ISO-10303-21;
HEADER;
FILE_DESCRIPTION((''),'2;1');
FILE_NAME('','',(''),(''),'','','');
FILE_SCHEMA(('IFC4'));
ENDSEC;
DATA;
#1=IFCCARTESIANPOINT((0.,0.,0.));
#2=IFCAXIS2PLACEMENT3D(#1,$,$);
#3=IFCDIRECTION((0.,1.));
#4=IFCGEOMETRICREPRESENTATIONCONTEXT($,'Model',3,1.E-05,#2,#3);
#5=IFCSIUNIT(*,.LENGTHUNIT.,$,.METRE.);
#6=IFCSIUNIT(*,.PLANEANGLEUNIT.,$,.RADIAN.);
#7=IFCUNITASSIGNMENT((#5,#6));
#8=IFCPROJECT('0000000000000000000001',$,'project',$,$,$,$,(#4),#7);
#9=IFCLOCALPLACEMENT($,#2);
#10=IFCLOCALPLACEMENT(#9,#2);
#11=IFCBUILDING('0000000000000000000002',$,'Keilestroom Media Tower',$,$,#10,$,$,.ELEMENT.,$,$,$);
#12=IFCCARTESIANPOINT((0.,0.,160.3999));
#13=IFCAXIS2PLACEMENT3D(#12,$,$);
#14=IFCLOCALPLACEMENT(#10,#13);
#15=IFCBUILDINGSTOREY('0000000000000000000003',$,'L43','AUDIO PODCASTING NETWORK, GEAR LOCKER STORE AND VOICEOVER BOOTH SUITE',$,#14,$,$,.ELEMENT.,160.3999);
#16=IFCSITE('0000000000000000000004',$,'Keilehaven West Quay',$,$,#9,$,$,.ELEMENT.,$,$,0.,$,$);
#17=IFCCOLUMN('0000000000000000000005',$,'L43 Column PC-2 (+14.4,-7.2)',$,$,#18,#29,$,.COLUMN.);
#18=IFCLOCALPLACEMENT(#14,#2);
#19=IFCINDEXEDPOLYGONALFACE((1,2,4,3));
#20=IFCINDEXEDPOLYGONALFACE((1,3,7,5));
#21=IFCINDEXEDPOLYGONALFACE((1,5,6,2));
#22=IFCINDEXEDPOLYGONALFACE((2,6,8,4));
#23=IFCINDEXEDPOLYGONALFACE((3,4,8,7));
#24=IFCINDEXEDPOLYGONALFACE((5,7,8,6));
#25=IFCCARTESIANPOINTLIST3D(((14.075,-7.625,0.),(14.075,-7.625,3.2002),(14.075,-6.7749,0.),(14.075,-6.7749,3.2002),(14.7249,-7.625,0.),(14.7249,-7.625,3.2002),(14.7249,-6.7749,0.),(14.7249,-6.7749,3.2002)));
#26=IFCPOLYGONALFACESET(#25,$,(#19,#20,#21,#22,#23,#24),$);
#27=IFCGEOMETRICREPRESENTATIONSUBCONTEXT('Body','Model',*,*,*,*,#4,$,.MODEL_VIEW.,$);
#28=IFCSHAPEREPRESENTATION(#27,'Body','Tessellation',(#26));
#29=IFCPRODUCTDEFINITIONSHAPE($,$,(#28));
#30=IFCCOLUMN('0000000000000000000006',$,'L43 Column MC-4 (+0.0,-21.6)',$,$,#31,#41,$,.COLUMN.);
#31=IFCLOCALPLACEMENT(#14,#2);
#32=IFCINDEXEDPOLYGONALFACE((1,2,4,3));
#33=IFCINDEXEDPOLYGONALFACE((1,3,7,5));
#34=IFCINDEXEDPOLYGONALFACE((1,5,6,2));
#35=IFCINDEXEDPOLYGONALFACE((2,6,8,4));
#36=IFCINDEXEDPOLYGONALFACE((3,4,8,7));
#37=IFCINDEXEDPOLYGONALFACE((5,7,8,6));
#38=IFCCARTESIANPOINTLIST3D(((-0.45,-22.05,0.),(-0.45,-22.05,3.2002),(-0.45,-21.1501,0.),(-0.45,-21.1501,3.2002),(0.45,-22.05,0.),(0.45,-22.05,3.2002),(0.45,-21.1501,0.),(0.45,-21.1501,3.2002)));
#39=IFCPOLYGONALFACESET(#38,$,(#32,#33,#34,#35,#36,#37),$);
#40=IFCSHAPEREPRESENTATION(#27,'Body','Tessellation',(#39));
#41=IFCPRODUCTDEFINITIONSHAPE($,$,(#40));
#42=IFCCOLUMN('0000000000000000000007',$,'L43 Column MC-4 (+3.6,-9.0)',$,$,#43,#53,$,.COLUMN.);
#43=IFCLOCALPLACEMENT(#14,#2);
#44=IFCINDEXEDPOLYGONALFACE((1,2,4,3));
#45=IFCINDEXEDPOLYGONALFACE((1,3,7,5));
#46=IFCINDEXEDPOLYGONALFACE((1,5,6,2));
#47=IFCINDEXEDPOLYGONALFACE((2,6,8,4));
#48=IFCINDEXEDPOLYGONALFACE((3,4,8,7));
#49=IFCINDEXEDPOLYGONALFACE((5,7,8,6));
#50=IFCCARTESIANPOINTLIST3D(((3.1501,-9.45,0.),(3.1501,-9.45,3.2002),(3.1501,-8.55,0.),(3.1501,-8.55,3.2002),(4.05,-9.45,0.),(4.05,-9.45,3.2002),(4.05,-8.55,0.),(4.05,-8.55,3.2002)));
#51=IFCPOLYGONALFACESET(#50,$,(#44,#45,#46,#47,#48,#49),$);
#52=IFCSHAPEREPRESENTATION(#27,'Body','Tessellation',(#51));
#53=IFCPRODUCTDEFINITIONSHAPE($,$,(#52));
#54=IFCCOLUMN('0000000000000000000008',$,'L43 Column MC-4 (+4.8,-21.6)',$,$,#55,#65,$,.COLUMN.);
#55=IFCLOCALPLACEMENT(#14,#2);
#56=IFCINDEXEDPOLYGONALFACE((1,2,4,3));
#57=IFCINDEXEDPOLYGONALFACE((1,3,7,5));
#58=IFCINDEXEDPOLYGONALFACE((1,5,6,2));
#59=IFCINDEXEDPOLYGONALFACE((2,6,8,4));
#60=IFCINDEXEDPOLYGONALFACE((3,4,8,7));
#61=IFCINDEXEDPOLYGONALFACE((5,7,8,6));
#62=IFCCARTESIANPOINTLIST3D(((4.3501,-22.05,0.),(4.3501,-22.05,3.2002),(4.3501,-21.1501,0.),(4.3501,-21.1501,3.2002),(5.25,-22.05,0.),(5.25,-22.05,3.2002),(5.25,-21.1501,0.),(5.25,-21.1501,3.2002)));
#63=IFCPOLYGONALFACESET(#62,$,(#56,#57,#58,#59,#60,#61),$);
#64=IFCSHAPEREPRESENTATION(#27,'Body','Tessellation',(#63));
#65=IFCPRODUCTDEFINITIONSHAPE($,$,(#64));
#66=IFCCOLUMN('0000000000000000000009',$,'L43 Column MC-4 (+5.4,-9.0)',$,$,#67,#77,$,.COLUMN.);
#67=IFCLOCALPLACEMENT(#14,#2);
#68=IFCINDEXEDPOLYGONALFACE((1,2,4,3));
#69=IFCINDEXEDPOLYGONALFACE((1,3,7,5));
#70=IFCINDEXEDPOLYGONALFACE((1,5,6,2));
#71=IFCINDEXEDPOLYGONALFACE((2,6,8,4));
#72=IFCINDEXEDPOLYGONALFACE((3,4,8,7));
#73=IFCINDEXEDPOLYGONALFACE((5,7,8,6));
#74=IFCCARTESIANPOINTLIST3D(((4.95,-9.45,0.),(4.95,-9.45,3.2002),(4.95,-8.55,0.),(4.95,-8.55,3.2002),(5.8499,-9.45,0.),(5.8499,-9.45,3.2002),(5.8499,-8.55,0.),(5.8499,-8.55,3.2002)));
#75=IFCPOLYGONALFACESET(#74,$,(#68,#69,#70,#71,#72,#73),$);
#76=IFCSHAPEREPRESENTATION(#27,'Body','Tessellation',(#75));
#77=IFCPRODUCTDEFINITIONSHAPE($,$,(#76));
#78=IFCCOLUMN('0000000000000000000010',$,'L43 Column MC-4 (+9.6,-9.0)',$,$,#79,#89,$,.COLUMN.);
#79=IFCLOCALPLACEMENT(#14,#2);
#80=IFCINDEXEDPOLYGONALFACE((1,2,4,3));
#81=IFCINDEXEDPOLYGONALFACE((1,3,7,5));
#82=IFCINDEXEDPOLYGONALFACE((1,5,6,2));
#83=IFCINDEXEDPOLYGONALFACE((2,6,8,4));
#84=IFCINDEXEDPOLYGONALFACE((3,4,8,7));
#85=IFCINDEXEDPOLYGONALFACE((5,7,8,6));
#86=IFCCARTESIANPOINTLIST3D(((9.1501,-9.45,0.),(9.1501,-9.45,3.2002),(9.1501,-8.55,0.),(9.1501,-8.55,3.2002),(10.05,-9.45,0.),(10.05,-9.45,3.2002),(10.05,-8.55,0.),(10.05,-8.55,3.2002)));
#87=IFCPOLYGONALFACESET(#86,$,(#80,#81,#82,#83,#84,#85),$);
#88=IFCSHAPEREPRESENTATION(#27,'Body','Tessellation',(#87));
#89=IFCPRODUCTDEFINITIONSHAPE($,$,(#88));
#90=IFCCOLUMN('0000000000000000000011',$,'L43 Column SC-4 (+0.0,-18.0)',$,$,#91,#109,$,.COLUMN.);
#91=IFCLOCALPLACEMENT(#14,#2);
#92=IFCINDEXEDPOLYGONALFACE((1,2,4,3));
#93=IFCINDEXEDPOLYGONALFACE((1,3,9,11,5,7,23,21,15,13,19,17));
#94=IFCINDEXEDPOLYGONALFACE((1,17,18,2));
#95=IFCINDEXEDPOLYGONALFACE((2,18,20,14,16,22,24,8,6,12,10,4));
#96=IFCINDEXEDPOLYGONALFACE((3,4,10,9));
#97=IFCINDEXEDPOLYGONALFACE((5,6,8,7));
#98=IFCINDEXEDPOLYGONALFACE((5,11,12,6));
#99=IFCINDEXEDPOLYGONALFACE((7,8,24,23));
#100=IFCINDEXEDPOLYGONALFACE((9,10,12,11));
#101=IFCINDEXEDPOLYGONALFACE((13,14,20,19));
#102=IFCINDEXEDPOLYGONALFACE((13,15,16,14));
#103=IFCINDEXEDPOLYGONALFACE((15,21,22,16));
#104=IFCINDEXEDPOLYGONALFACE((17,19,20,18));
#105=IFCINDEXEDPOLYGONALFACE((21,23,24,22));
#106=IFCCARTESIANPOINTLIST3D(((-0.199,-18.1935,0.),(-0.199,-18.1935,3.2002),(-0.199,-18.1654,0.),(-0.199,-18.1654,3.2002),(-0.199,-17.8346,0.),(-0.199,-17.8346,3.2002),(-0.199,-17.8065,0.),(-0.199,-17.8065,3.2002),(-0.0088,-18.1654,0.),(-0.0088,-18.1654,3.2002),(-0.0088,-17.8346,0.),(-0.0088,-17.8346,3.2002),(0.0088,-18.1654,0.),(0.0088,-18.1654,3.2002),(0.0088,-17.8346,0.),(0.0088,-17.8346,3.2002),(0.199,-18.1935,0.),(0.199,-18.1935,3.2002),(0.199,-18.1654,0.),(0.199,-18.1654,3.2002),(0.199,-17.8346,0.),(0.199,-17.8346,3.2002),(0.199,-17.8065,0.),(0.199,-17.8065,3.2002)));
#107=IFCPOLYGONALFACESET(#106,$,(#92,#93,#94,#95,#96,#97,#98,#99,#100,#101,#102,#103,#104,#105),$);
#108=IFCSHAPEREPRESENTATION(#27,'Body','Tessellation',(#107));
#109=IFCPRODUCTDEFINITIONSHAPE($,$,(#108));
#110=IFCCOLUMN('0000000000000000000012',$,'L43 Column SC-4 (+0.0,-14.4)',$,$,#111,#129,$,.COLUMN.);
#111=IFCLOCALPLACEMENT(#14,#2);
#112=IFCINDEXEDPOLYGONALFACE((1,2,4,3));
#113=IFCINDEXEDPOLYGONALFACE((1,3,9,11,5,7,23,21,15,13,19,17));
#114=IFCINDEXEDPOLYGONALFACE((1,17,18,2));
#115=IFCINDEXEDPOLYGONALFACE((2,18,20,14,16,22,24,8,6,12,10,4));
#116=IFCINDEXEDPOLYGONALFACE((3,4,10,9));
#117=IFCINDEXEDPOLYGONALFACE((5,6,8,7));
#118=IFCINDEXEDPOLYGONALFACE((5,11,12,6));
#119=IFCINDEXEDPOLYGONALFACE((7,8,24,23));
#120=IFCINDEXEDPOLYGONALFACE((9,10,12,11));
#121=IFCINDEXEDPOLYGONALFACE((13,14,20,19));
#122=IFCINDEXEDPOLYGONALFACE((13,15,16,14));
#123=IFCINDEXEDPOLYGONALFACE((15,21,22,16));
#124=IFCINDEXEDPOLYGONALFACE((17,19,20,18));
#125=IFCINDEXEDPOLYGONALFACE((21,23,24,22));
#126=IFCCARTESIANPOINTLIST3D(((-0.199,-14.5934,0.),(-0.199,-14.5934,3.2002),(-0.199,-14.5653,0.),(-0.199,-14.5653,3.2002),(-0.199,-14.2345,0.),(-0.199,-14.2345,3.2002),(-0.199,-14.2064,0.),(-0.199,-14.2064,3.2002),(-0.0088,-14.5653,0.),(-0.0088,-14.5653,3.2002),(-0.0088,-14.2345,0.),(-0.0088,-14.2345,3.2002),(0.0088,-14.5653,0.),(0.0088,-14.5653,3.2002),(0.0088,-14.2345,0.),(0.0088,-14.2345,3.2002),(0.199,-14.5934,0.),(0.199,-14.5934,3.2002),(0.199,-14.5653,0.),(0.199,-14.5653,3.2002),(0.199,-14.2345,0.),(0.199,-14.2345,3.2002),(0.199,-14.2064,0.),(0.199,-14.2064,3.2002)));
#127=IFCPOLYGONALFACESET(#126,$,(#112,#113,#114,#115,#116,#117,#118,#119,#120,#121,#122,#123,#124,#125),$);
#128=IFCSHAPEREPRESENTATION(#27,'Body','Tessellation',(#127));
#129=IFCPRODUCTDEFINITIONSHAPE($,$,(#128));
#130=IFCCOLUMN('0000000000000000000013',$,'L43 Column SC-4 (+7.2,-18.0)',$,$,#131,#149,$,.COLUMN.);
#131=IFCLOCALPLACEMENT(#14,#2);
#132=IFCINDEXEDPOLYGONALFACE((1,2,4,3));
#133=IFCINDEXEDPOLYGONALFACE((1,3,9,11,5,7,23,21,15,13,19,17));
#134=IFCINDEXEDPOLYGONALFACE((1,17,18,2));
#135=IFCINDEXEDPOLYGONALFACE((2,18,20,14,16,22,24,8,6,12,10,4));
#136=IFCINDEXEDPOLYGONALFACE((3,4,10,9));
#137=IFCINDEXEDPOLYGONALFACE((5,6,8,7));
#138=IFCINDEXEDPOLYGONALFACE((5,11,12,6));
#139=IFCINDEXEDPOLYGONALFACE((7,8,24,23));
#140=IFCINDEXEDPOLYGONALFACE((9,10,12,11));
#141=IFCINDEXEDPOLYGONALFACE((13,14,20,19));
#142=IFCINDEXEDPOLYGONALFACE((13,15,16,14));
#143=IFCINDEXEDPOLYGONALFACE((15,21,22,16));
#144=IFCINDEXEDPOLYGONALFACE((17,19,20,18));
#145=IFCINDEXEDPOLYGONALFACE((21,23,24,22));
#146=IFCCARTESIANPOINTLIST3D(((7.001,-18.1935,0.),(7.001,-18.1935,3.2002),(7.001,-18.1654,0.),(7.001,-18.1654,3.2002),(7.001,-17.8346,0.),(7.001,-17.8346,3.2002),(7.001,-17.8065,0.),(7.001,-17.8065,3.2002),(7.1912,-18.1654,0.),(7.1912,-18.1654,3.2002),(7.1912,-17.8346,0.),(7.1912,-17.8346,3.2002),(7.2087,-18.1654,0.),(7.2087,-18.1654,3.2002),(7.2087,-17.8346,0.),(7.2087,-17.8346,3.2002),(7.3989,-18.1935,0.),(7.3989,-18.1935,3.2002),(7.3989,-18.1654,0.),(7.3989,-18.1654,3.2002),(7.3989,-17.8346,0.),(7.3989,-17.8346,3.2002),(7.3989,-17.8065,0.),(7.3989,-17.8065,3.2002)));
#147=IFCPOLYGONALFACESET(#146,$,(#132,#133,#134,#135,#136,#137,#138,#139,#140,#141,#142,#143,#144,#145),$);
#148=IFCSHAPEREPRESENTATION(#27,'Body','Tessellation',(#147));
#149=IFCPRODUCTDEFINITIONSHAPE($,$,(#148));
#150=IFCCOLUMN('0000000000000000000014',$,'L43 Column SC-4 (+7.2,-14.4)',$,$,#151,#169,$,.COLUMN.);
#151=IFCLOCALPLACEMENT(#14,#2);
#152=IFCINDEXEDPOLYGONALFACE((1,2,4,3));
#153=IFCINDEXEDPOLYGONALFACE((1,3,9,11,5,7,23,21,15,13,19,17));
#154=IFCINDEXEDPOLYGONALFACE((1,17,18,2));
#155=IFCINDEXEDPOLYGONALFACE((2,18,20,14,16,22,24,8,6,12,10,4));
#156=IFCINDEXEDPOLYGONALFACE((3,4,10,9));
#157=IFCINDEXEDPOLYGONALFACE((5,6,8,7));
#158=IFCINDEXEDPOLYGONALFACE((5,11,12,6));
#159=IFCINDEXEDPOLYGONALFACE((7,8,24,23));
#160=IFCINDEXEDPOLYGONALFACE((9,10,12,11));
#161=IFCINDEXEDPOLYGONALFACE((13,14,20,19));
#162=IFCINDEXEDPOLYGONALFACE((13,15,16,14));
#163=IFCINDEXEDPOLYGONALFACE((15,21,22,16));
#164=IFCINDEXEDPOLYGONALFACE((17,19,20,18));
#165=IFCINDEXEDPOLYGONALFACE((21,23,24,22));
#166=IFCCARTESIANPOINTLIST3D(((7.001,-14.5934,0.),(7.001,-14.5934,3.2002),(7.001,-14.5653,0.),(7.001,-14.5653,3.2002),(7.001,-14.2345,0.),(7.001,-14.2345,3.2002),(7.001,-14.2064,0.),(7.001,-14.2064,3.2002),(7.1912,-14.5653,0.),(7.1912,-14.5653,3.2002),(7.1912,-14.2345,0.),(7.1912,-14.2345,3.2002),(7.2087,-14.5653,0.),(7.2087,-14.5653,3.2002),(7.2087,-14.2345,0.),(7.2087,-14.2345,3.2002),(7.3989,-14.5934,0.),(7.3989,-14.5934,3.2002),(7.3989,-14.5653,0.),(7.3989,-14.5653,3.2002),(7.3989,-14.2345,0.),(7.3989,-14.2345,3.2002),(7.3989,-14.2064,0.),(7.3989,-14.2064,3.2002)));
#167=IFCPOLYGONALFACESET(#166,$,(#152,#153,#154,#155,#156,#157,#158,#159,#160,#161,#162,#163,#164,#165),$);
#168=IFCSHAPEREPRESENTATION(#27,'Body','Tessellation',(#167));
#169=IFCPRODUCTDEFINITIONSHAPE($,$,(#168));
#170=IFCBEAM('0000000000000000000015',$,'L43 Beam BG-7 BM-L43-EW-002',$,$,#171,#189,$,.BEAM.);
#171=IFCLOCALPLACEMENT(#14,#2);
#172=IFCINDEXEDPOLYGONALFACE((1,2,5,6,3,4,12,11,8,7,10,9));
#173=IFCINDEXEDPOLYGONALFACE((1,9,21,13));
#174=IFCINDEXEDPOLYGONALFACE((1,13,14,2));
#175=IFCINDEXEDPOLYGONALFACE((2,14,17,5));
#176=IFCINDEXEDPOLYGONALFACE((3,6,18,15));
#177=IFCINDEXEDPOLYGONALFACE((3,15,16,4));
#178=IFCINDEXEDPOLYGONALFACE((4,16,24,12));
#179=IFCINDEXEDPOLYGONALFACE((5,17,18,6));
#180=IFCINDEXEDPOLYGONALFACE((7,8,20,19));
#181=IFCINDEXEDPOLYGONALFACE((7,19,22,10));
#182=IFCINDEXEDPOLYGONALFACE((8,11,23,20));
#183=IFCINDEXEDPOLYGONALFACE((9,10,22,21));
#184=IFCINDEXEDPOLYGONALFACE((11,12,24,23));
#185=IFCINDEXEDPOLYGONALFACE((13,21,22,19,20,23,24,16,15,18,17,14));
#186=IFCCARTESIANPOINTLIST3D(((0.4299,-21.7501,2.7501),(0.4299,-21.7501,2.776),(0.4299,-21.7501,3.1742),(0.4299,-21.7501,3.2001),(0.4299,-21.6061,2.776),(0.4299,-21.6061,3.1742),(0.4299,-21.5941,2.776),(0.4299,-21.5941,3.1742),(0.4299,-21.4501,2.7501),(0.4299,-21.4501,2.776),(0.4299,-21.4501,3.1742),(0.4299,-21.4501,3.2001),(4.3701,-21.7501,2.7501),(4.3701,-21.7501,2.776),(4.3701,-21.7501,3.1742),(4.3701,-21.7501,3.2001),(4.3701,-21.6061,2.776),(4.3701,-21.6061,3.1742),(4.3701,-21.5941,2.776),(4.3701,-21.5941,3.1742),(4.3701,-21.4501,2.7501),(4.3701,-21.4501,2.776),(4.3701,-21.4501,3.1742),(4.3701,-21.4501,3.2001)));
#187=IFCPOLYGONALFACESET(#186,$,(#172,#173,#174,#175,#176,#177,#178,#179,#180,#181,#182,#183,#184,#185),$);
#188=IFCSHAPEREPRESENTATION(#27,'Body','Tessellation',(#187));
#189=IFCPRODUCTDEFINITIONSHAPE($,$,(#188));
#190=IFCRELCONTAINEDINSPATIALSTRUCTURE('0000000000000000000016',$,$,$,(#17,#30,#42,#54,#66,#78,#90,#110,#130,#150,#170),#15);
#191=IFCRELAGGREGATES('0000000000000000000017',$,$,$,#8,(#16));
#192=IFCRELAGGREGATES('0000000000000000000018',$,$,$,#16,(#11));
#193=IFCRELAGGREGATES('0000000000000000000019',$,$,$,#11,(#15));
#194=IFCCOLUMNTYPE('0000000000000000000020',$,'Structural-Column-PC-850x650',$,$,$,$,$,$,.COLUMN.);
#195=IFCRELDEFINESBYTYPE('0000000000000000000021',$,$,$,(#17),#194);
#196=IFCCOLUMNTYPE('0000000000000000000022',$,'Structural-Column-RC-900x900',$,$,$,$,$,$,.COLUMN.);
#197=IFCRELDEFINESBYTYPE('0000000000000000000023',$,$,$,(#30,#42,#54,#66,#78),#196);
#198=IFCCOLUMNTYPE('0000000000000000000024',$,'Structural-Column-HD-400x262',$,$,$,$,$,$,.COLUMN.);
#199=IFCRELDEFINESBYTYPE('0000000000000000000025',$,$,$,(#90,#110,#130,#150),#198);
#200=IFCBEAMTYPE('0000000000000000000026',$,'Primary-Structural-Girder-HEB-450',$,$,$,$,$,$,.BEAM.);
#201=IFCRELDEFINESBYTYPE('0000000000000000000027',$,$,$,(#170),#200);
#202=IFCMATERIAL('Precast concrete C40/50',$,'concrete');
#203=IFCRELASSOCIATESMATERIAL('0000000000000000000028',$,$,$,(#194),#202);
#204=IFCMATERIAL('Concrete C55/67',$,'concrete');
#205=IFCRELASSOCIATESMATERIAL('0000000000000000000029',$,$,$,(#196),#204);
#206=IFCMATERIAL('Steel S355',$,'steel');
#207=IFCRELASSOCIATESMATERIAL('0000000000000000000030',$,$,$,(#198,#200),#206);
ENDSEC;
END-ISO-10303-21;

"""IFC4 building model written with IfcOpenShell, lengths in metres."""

from ifc_helpers import new_model, si_unit, direction, frame, origin, origin_2d, place, context, subcontext, project, spatial, rectangle, i_section, extrude, source, transform, mapped, material, material_profile, profile_set, type_object, element, save


model = new_model("IFC4")

# Units and contexts
model_context = context("Model", 3, precision=1e-05, world=origin(), true_north=direction((0.0, 1.0)))
body_context = subcontext(model_context, "Body", "Model", "MODEL_VIEW")
ifc_project = project(units=[si_unit("LENGTHUNIT", "METRE"), si_unit("PLANEANGLEUNIT", "RADIAN")], contexts=[model_context])

# Site, building, storey
site_placement = place(None, origin())
site = spatial("IfcSite", under=ifc_project, at=site_placement, Name="Keilehaven West Quay", CompositionType="ELEMENT", RefElevation=0.0)
building_placement = place(site_placement, origin())
building = spatial("IfcBuilding", under=site, at=building_placement, Name="Keilestroom Media Tower", CompositionType="ELEMENT")
storey_placement = place(building_placement, frame((0.0, 0.0, 160.3999)))
storey = spatial("IfcBuildingStorey", under=building, at=storey_placement, Name="L43", Description="AUDIO PODCASTING NETWORK, GEAR LOCKER STORE AND VOICEOVER BOOTH SUITE", CompositionType="ELEMENT", Elevation=160.3999)

# Columns
ifc_material_1 = material(Name="Precast concrete C40/50", Category="concrete")
ifc_material_profile_1 = material_profile(ifc_material_1, rectangle(XDim=0.6499, YDim=0.8501, at=origin_2d()), Name="PC 850x650")
ifc_profile_set_1 = profile_set([ifc_material_profile_1], Name="Precast concrete C40/50")
column_type_1 = type_object("IfcColumnType", Name="Structural-Column-PC-850x650", PredefinedType="COLUMN", material=ifc_profile_set_1)
shared_shape_1 = source(origin(), body_context, "Body", "SweptSolid", [
    extrude(rectangle(XDim=0.6499, YDim=0.8501, at=origin_2d()), origin(), (0.0, 0.0, 1.0), 3.2002),
])
column_placement = place(storey_placement, frame((14.3999, -7.2, 0.0), z_axis=(0.0, 0.0, 1.0), x_axis=(1.0, 0.0, 0.0)))
element("IfcColumn", 1, at=column_placement, inside=storey, type_object=column_type_1, Name="L43 Column PC-2 (+14.4,-7.2)", PredefinedType="COLUMN", context=body_context, shape_type="MappedRepresentation", body=[
    mapped(shared_shape_1, transform((0.0, 0.0, 0.0), x_axis=(1.0, 0.0, 0.0), y_axis=(0.0, 1.0, 0.0), z_axis=(0.0, 0.0, 1.0), scale=1.0)),
])
ifc_material_2 = material(Name="Concrete C55/67", Category="concrete")
ifc_material_profile_2 = material_profile(ifc_material_2, rectangle(XDim=0.8999, YDim=0.8999, at=origin_2d()), Name="RC 900x900")
ifc_profile_set_2 = profile_set([ifc_material_profile_2], Name="Concrete C55/67")
column_type_2 = type_object("IfcColumnType", Name="Structural-Column-RC-900x900", PredefinedType="COLUMN", material=ifc_profile_set_2)
shared_shape_2 = source(origin(), body_context, "Body", "SweptSolid", [
    extrude(rectangle(XDim=0.8999, YDim=0.8999, at=origin_2d()), origin(), (0.0, 0.0, 1.0), 3.2002),
])
for number, where, z_axis, x_axis, name in (
    (2, (0.0, -21.6001, 0.0), (0.0, 0.0, 1.0), (1.0, 0.0, 0.0), "L43 Column MC-4 (+0.0,-21.6)"),
    (3, (3.6001, -9.0, 0.0), (0.0, 0.0, 1.0), (1.0, 0.0, 0.0), "L43 Column MC-4 (+3.6,-9.0)"),
    (4, (4.8, -21.6001, 0.0), (0.0, 0.0, 1.0), (1.0, 0.0, 0.0), "L43 Column MC-4 (+4.8,-21.6)"),
    (5, (5.3999, -9.0, 0.0), (0.0, 0.0, 1.0), (1.0, 0.0, 0.0), "L43 Column MC-4 (+5.4,-9.0)"),
    (6, (9.6001, -9.0, 0.0), (0.0, 0.0, 1.0), (1.0, 0.0, 0.0), "L43 Column MC-4 (+9.6,-9.0)"),
):
    element("IfcColumn", number, at=place(storey_placement, frame(where, z_axis=z_axis, x_axis=x_axis)), inside=storey, type_object=column_type_2, Name=name, PredefinedType="COLUMN", context=body_context, shape_type="MappedRepresentation", body=[
        mapped(shared_shape_2, transform((0.0, 0.0, 0.0), x_axis=(1.0, 0.0, 0.0), y_axis=(0.0, 1.0, 0.0), z_axis=(0.0, 0.0, 1.0), scale=1.0)),
    ])
ifc_material_3 = material(Name="Steel S355", Category="steel")
ifc_material_profile_3 = material_profile(ifc_material_3, i_section(OverallWidth=0.3979, OverallDepth=0.387, WebThickness=0.0176, FlangeThickness=0.0281, at=origin_2d()), Name="HD 400x262")
ifc_profile_set_3 = profile_set([ifc_material_profile_3], Name="Steel S355")
column_type_3 = type_object("IfcColumnType", Name="Structural-Column-HD-400x262", PredefinedType="COLUMN", material=ifc_profile_set_3)
shared_shape_3 = source(origin(), body_context, "Body", "SweptSolid", [
    extrude(i_section(OverallWidth=0.3979, OverallDepth=0.387, WebThickness=0.0176, FlangeThickness=0.0281, at=origin_2d()), origin(), (0.0, 0.0, 1.0), 3.2002),
])
for number, where, z_axis, x_axis, name in (
    (7, (0.0, -18.0, 0.0), (0.0, 0.0, 1.0), (1.0, 0.0, 0.0), "L43 Column SC-4 (+0.0,-18.0)"),
    (8, (0.0, -14.3999, 0.0), (0.0, 0.0, 1.0), (1.0, 0.0, 0.0), "L43 Column SC-4 (+0.0,-14.4)"),
    (9, (7.2, -18.0, 0.0), (0.0, 0.0, 1.0), (1.0, 0.0, 0.0), "L43 Column SC-4 (+7.2,-18.0)"),
    (10, (7.2, -14.3999, 0.0), (0.0, 0.0, 1.0), (1.0, 0.0, 0.0), "L43 Column SC-4 (+7.2,-14.4)"),
):
    element("IfcColumn", number, at=place(storey_placement, frame(where, z_axis=z_axis, x_axis=x_axis)), inside=storey, type_object=column_type_3, Name=name, PredefinedType="COLUMN", context=body_context, shape_type="MappedRepresentation", body=[
        mapped(shared_shape_3, transform((0.0, 0.0, 0.0), x_axis=(1.0, 0.0, 0.0), y_axis=(0.0, 1.0, 0.0), z_axis=(0.0, 0.0, 1.0), scale=1.0)),
    ])

# Beam
ifc_material_profile_4 = material_profile(ifc_material_3, i_section(OverallWidth=0.3, OverallDepth=0.45, WebThickness=0.012, FlangeThickness=0.0259, at=origin_2d()), Name="HEB 450")
ifc_profile_set_4 = profile_set([ifc_material_profile_4], Name="Steel S355")
beam_type_1 = type_object("IfcBeamType", Name="Primary-Structural-Girder-HEB-450", PredefinedType="BEAM", material=ifc_profile_set_4)
shared_shape_4 = source(origin(), body_context, "Body", "SweptSolid", [
    extrude(i_section(OverallWidth=0.3, OverallDepth=0.45, WebThickness=0.012, FlangeThickness=0.0259, at=origin_2d()), origin(), (0.0, 0.0, 1.0), 3.9402),
])
beam_1_placement = place(storey_placement, frame((0.4299, -21.6001, 2.9751), z_axis=(1.0, 0.0, 0.0), x_axis=(0.0, 1.0, 0.0)))
element("IfcBeam", 11, at=beam_1_placement, inside=storey, type_object=beam_type_1, Name="L43 Beam BG-7 BM-L43-EW-002", PredefinedType="BEAM", context=body_context, shape_type="MappedRepresentation", body=[
    mapped(shared_shape_4, transform((0.0, 0.0, 0.0), x_axis=(1.0, 0.0, 0.0), y_axis=(0.0, 1.0, 0.0), z_axis=(0.0, 0.0, 1.0), scale=1.0)),
])

save(model, "model.ifc")
